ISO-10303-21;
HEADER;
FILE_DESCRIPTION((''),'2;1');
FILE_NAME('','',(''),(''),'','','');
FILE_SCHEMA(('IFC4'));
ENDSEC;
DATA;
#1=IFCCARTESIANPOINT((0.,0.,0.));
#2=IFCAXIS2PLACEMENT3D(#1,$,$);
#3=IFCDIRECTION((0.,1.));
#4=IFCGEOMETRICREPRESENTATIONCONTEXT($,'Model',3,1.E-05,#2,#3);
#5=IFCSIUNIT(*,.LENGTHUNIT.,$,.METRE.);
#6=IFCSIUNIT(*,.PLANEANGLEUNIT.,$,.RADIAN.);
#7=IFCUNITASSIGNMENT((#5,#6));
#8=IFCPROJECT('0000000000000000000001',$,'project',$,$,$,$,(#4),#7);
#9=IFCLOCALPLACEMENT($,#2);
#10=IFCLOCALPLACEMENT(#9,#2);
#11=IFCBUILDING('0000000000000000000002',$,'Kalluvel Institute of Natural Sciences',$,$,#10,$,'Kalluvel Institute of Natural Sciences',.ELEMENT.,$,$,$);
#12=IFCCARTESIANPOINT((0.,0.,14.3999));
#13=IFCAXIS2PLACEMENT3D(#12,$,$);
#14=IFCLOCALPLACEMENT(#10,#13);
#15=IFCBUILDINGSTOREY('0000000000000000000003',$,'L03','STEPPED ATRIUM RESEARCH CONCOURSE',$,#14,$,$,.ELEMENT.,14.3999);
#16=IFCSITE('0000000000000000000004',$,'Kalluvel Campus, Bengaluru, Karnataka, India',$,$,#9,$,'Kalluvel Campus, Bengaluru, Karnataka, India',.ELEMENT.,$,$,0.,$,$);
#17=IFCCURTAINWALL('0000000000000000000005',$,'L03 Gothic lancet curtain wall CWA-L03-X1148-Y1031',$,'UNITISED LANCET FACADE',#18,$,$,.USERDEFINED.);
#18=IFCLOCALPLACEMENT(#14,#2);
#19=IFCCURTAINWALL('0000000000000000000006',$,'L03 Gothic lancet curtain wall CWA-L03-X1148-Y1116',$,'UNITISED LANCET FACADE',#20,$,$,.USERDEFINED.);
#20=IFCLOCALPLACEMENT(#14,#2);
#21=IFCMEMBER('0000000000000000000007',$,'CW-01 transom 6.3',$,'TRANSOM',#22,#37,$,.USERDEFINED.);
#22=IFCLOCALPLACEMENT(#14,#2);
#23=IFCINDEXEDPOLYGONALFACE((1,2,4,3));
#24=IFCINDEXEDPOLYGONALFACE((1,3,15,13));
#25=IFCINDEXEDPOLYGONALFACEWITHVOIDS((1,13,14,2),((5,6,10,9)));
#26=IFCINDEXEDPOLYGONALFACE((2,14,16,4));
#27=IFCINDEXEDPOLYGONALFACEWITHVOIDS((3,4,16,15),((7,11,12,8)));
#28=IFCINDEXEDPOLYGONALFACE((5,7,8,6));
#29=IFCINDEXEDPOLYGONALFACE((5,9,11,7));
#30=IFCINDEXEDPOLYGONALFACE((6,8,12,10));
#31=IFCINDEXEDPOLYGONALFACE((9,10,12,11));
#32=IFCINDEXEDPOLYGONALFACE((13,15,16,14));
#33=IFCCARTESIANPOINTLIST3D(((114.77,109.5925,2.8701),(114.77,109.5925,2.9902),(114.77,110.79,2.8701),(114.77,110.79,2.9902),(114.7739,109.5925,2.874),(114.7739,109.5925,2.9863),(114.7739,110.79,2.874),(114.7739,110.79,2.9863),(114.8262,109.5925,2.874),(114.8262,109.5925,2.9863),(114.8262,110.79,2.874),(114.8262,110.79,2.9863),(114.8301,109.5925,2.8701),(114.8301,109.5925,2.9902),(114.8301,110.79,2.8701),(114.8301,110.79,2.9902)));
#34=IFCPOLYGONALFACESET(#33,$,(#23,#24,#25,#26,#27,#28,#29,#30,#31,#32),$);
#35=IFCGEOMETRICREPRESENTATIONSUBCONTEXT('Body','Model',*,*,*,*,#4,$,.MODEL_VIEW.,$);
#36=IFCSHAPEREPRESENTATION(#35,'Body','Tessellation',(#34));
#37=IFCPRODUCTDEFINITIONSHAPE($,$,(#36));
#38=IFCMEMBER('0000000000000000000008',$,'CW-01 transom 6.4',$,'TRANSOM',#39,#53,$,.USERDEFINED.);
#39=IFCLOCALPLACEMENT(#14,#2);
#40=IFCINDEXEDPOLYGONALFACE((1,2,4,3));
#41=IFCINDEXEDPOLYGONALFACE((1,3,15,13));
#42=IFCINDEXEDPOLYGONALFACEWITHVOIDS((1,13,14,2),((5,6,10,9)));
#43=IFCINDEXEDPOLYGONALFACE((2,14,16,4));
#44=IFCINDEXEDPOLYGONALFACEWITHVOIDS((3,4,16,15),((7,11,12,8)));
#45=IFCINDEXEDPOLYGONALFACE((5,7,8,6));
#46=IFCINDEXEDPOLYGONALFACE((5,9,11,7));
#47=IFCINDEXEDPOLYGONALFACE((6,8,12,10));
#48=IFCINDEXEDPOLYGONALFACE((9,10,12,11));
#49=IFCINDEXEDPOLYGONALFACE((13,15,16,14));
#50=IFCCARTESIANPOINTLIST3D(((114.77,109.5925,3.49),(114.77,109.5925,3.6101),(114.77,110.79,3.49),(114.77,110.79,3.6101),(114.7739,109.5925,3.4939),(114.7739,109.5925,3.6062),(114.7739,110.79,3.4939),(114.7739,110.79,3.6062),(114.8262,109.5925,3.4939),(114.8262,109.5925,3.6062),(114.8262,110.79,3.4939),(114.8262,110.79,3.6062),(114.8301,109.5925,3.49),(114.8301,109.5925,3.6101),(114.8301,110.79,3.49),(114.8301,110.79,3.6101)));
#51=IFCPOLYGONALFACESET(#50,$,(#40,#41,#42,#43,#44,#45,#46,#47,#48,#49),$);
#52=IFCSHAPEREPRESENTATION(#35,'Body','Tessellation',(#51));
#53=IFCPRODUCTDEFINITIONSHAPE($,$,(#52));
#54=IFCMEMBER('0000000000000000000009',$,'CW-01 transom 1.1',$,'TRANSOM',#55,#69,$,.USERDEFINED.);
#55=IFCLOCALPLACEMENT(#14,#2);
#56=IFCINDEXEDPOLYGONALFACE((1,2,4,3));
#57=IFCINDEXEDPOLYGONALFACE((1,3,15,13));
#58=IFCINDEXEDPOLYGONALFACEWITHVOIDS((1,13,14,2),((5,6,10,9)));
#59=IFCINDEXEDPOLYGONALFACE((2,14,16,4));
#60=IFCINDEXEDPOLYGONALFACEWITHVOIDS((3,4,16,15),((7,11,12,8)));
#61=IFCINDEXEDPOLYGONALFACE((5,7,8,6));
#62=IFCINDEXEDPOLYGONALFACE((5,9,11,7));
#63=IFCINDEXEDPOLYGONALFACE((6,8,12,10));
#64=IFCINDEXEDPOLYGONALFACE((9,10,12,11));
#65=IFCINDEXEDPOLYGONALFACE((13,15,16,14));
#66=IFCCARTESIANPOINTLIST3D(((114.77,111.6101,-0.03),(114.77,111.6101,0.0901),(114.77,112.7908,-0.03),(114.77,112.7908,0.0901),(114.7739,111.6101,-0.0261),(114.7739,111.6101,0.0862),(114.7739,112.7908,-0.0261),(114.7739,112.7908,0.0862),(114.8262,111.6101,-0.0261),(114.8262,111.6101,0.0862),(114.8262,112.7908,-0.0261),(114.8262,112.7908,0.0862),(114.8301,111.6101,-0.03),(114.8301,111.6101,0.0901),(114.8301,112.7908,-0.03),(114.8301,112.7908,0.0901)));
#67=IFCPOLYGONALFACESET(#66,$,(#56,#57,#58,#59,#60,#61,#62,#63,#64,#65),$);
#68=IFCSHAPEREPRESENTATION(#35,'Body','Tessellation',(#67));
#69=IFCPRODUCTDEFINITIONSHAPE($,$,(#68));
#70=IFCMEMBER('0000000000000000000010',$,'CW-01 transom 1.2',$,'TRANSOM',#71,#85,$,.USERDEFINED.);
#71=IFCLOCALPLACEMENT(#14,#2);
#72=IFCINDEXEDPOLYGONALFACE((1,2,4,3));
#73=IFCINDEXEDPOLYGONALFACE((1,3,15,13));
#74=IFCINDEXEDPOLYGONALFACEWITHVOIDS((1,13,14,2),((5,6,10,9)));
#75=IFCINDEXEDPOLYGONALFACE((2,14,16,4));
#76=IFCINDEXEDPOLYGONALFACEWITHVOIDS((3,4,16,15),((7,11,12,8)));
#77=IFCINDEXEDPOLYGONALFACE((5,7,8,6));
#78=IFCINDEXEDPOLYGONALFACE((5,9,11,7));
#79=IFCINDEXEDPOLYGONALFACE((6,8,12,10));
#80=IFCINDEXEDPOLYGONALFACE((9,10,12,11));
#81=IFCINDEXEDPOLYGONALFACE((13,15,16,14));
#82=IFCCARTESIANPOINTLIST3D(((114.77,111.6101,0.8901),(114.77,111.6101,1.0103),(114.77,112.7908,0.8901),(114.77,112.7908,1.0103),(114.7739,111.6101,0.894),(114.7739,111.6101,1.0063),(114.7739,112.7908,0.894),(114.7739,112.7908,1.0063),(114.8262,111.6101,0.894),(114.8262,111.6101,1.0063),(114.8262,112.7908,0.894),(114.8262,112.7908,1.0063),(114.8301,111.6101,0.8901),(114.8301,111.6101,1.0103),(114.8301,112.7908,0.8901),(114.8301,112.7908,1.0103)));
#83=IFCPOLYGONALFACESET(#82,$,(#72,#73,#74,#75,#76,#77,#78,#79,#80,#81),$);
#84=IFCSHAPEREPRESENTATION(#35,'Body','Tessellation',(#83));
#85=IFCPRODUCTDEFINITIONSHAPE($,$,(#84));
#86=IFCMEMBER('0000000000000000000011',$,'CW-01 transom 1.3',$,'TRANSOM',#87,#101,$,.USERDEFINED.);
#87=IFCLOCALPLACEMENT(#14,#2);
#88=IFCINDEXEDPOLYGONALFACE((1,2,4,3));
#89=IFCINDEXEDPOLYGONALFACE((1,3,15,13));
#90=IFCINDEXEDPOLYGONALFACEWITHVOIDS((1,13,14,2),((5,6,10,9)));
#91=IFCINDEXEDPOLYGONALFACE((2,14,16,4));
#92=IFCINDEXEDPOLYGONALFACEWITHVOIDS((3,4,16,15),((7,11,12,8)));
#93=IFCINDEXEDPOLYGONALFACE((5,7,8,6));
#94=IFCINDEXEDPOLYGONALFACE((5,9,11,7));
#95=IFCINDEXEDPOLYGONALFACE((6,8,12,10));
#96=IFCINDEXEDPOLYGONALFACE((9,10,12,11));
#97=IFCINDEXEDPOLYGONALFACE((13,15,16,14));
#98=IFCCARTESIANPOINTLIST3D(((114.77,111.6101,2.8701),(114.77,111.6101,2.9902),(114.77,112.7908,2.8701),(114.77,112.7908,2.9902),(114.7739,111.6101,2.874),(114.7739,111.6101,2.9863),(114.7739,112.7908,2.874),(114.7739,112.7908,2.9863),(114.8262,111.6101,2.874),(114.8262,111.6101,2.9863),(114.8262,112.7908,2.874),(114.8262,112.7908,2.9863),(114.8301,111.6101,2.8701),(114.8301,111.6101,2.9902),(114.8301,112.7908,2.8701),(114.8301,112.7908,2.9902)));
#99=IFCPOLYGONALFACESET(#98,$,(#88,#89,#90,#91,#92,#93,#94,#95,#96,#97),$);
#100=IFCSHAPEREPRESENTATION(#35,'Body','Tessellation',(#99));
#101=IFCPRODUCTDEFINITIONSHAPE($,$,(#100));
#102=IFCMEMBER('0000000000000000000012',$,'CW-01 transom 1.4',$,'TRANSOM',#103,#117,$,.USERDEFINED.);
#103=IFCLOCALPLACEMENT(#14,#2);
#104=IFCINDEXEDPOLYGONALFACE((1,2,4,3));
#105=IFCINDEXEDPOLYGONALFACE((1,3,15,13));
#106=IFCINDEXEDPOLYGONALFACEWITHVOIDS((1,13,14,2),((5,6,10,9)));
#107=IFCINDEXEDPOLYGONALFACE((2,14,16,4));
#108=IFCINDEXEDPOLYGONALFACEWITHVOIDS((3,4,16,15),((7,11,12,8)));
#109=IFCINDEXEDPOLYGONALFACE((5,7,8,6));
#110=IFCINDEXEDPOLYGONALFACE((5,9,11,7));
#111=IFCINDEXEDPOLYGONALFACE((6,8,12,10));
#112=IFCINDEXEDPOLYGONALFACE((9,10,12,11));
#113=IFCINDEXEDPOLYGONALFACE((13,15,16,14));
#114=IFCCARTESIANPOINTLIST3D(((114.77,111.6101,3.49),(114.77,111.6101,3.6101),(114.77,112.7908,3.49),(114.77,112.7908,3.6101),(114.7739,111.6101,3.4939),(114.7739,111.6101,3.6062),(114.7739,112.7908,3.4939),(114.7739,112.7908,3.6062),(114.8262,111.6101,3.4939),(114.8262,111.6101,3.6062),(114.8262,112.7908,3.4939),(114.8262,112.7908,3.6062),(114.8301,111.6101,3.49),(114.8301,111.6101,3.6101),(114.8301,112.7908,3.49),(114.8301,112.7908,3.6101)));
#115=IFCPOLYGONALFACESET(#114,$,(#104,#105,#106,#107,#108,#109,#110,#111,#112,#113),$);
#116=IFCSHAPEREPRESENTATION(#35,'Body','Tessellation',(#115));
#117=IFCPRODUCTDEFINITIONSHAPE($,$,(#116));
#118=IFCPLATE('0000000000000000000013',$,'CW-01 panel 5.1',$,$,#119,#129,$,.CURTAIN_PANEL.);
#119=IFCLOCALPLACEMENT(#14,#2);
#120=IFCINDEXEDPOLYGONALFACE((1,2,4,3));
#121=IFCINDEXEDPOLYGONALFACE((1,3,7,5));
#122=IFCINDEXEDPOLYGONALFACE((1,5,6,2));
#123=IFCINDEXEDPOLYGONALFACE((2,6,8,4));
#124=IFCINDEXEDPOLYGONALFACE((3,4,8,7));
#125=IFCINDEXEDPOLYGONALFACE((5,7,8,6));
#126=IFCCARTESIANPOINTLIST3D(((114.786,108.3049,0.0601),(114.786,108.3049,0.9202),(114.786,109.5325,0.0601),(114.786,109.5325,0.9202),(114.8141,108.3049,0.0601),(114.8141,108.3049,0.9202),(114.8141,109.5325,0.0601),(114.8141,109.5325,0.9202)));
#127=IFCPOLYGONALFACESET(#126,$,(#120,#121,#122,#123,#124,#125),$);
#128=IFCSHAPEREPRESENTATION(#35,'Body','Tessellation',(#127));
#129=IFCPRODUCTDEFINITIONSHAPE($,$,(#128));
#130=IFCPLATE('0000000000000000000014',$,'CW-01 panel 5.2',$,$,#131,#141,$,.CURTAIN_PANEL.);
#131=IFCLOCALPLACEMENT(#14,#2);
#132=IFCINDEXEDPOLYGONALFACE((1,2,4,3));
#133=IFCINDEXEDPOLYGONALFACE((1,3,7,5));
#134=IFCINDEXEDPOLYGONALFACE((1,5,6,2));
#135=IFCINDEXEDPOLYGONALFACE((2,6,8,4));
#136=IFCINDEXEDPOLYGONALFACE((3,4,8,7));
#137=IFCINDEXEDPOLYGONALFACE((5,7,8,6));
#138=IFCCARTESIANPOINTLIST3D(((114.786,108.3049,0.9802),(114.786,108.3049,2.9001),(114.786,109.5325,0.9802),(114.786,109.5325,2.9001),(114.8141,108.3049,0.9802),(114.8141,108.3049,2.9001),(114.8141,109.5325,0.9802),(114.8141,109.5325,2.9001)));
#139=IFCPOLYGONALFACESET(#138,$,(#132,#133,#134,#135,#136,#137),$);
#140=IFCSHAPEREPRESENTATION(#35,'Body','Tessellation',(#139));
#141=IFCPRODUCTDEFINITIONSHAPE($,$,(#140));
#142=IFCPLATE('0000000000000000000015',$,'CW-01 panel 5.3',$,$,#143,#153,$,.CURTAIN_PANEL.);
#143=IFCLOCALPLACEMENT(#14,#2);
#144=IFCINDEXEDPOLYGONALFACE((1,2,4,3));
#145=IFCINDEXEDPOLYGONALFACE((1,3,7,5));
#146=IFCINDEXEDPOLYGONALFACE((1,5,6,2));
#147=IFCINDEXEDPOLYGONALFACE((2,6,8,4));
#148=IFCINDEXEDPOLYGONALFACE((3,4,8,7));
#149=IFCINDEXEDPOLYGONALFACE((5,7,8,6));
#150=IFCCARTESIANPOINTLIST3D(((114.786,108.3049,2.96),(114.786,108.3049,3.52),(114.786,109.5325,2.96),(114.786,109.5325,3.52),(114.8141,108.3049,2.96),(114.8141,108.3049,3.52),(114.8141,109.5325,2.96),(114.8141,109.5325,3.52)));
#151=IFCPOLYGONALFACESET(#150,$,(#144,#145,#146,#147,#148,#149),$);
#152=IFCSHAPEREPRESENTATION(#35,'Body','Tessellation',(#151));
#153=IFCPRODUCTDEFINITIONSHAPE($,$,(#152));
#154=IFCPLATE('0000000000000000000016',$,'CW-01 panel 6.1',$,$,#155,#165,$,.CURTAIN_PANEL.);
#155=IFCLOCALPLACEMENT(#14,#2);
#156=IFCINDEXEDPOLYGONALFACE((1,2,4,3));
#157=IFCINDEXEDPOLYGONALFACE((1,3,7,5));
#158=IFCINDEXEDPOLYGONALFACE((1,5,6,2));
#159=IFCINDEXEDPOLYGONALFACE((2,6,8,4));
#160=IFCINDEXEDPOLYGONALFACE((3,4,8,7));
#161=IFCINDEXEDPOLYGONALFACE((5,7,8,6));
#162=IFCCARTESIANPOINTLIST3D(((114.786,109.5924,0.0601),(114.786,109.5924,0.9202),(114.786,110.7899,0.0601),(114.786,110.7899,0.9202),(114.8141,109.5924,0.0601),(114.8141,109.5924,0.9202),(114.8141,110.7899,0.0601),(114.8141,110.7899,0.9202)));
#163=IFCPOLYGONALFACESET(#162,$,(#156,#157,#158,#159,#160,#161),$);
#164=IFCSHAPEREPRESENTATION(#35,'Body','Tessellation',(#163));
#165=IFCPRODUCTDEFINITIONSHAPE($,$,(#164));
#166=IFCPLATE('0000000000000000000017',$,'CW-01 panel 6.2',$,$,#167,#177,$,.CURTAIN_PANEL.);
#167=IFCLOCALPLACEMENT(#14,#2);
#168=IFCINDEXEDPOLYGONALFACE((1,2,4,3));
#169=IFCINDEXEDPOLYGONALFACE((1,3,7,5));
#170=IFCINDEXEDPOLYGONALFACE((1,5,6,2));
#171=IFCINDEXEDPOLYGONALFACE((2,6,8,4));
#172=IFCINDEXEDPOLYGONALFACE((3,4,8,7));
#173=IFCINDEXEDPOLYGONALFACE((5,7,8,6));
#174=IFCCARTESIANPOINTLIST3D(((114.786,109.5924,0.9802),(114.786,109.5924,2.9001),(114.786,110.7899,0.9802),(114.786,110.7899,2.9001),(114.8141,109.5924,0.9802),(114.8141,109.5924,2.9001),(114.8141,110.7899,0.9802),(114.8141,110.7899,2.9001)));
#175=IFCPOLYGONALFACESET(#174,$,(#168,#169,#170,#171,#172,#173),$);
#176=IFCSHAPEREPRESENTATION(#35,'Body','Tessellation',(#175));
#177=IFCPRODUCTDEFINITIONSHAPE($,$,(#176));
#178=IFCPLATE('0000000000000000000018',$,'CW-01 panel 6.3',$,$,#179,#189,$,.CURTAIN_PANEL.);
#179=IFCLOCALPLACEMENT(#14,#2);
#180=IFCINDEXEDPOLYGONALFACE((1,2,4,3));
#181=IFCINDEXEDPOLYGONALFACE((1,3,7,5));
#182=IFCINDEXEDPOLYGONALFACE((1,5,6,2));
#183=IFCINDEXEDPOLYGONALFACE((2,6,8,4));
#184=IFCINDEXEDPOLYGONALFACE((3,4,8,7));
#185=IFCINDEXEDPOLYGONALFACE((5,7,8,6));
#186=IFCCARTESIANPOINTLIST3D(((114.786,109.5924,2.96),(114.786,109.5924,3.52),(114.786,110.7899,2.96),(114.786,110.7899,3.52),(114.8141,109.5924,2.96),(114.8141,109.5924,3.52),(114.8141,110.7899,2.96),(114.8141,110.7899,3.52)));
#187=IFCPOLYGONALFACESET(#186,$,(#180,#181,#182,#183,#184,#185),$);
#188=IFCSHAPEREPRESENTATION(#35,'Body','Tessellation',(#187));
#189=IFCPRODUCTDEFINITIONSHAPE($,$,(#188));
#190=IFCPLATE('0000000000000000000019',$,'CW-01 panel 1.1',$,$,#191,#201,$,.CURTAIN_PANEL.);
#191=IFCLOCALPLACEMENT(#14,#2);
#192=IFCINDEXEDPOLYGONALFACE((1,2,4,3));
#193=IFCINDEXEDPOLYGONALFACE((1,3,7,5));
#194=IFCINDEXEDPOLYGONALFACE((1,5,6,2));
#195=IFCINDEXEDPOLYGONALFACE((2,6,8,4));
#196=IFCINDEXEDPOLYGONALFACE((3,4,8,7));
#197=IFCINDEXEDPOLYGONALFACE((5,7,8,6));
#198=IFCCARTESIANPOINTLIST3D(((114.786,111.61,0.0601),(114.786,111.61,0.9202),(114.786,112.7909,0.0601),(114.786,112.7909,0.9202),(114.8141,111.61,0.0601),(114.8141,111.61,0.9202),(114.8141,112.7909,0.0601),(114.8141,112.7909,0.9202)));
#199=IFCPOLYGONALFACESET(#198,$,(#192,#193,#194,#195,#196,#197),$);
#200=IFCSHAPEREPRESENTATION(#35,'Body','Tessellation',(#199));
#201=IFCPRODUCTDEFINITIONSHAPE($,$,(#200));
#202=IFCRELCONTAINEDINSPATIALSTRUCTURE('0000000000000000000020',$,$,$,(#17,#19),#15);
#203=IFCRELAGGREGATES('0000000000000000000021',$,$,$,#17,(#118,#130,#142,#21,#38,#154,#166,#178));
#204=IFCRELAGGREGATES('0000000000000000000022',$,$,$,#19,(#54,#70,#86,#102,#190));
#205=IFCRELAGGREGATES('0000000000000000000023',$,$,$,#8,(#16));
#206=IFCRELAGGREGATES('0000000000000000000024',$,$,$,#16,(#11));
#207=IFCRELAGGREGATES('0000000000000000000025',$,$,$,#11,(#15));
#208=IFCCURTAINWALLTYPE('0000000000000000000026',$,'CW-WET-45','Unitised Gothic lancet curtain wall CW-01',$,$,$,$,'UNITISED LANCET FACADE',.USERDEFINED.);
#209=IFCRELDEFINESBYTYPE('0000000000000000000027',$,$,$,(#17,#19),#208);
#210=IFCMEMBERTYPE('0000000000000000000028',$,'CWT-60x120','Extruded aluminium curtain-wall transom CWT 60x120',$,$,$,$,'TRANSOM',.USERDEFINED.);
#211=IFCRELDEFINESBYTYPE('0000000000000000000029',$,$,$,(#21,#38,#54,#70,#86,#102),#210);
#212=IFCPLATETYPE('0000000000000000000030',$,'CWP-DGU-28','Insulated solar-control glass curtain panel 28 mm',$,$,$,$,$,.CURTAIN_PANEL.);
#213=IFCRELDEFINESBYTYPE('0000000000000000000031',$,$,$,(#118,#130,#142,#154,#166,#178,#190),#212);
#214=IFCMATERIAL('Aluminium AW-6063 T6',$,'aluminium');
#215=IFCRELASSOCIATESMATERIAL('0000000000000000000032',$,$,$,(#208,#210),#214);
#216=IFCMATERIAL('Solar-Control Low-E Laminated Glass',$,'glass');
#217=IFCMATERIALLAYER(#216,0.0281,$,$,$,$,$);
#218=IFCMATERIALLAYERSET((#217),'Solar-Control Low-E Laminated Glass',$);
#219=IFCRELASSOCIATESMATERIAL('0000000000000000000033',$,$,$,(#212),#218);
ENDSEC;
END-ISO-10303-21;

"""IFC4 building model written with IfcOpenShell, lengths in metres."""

from ifc_helpers import new_model, si_unit, direction, frame, origin, origin_2d, place, context, subcontext, project, spatial, rectangle, hollow_rectangle, extrude, material, layer, layer_set, material_profile, profile_set, type_object, element, aggregate, save


model = new_model("IFC4")

# Units and contexts
model_context = context("Model", 3, precision=1e-05, world=origin(), true_north=direction((0.0, 1.0)))
body_context = subcontext(model_context, "Body", "Model", "MODEL_VIEW")
ifc_project = project(units=[si_unit("LENGTHUNIT", "METRE"), si_unit("PLANEANGLEUNIT", "RADIAN")], contexts=[model_context])

# Site, building, storey
site_placement = place(None, origin())
site = spatial("IfcSite", under=ifc_project, at=site_placement, Name="Kalluvel Campus, Bengaluru, Karnataka, India", LongName="Kalluvel Campus, Bengaluru, Karnataka, India", CompositionType="ELEMENT", RefElevation=0.0)
building_placement = place(site_placement, origin())
building = spatial("IfcBuilding", under=site, at=building_placement, Name="Kalluvel Institute of Natural Sciences", LongName="Kalluvel Institute of Natural Sciences", CompositionType="ELEMENT")
storey_placement = place(building_placement, frame((0.0, 0.0, 14.3999)))
storey = spatial("IfcBuildingStorey", under=building, at=storey_placement, Name="L03", Description="STEPPED ATRIUM RESEARCH CONCOURSE", CompositionType="ELEMENT", Elevation=14.3999)

# Curtain walls
ifc_material_1 = material(Name="Aluminium AW-6063 T6", Category="aluminium")
curtain_wall_type = type_object("IfcCurtainWallType", Name="CW-WET-45", Description="Unitised Gothic lancet curtain wall CW-01", ElementType="UNITISED LANCET FACADE", PredefinedType="USERDEFINED", material=ifc_material_1)
curtain_wall_1_placement = place(storey_placement, origin())
curtain_wall_1 = element("IfcCurtainWall", 1, at=curtain_wall_1_placement, inside=storey, type_object=curtain_wall_type, Name="L03 Gothic lancet curtain wall CWA-L03-X1148-Y1031", ObjectType="UNITISED LANCET FACADE", PredefinedType="USERDEFINED")
curtain_wall_2_placement = place(storey_placement, origin())
curtain_wall_2 = element("IfcCurtainWall", 2, at=curtain_wall_2_placement, inside=storey, type_object=curtain_wall_type, Name="L03 Gothic lancet curtain wall CWA-L03-X1148-Y1116", ObjectType="UNITISED LANCET FACADE", PredefinedType="USERDEFINED")

# Members
ifc_material_profile_1 = material_profile(ifc_material_1, hollow_rectangle(XDim=0.0601, YDim=0.1201, WallThickness=0.0039, at=origin_2d()), Name="CWT 60x120")
ifc_profile_set_1 = profile_set([ifc_material_profile_1], Name="Aluminium AW-6063 T6")
member_type_1 = type_object("IfcMemberType", Name="CWT-60x120", Description="Extruded aluminium curtain-wall transom CWT 60x120", ElementType="TRANSOM", PredefinedType="USERDEFINED", material=ifc_profile_set_1)
member_1_placement = place(storey_placement, frame((114.8, 109.5925, 2.9302), z_axis=(0.0, 1.0, 0.0), x_axis=(-1.0, 0.0, 0.0)))
member_1 = element("IfcMember", 3, at=member_1_placement, type_object=member_type_1, Name="CW-01 transom 6.3", ObjectType="TRANSOM", PredefinedType="USERDEFINED", context=body_context, shape_type="SweptSolid", body=[
    extrude(hollow_rectangle(XDim=0.0601, YDim=0.1201, WallThickness=0.0039, at=origin_2d()), origin(), (0.0, 0.0, 1.0), 1.1975),
])
member_2_placement = place(storey_placement, frame((114.8, 109.5925, 3.55), z_axis=(0.0, 1.0, 0.0), x_axis=(-1.0, 0.0, 0.0)))
member_2 = element("IfcMember", 4, at=member_2_placement, type_object=member_type_1, Name="CW-01 transom 6.4", ObjectType="TRANSOM", PredefinedType="USERDEFINED", context=body_context, shape_type="SweptSolid", body=[
    extrude(hollow_rectangle(XDim=0.0601, YDim=0.1201, WallThickness=0.0039, at=origin_2d()), origin(), (0.0, 0.0, 1.0), 1.1975),
])
member_3_placement = place(storey_placement, frame((114.8, 111.6101, 0.03), z_axis=(0.0, 1.0, 0.0), x_axis=(-1.0, 0.0, 0.0)))
member_3 = element("IfcMember", 5, at=member_3_placement, type_object=member_type_1, Name="CW-01 transom 1.1", ObjectType="TRANSOM", PredefinedType="USERDEFINED", context=body_context, shape_type="SweptSolid", body=[
    extrude(hollow_rectangle(XDim=0.0601, YDim=0.1201, WallThickness=0.0039, at=origin_2d()), origin(), (0.0, 0.0, 1.0), 1.1807),
])
member_4_placement = place(storey_placement, frame((114.8, 111.6101, 0.9502), z_axis=(0.0, 1.0, 0.0), x_axis=(-1.0, 0.0, 0.0)))
member_4 = element("IfcMember", 6, at=member_4_placement, type_object=member_type_1, Name="CW-01 transom 1.2", ObjectType="TRANSOM", PredefinedType="USERDEFINED", context=body_context, shape_type="SweptSolid", body=[
    extrude(hollow_rectangle(XDim=0.0601, YDim=0.1201, WallThickness=0.0039, at=origin_2d()), origin(), (0.0, 0.0, 1.0), 1.1807),
])
member_5_placement = place(storey_placement, frame((114.8, 111.6101, 2.9302), z_axis=(0.0, 1.0, 0.0), x_axis=(-1.0, 0.0, 0.0)))
member_5 = element("IfcMember", 7, at=member_5_placement, type_object=member_type_1, Name="CW-01 transom 1.3", ObjectType="TRANSOM", PredefinedType="USERDEFINED", context=body_context, shape_type="SweptSolid", body=[
    extrude(hollow_rectangle(XDim=0.0601, YDim=0.1201, WallThickness=0.0039, at=origin_2d()), origin(), (0.0, 0.0, 1.0), 1.1807),
])
member_6_placement = place(storey_placement, frame((114.8, 111.6101, 3.55), z_axis=(0.0, 1.0, 0.0), x_axis=(-1.0, 0.0, 0.0)))
member_6 = element("IfcMember", 8, at=member_6_placement, type_object=member_type_1, Name="CW-01 transom 1.4", ObjectType="TRANSOM", PredefinedType="USERDEFINED", context=body_context, shape_type="SweptSolid", body=[
    extrude(hollow_rectangle(XDim=0.0601, YDim=0.1201, WallThickness=0.0039, at=origin_2d()), origin(), (0.0, 0.0, 1.0), 1.1807),
])

# Plates
ifc_material_2 = material(Name="Solar-Control Low-E Laminated Glass", Category="glass")
ifc_layer = layer(ifc_material_2, 0.0281)
ifc_layer_set = layer_set([ifc_layer], Name="Solar-Control Low-E Laminated Glass")
plate_type = type_object("IfcPlateType", Name="CWP-DGU-28", Description="Insulated solar-control glass curtain panel 28 mm", PredefinedType="CURTAIN_PANEL", material=ifc_layer_set)
plate_1_placement = place(storey_placement, frame((114.8, 108.9187, 0.0601), z_axis=(0.0, 0.0, 1.0), x_axis=(0.0, 1.0, 0.0)))
plate_1 = element("IfcPlate", 9, at=plate_1_placement, type_object=plate_type, Name="CW-01 panel 5.1", PredefinedType="CURTAIN_PANEL", context=body_context, shape_type="SweptSolid", body=[
    extrude(rectangle(XDim=1.2275, YDim=0.0281, at=origin_2d()), origin(), (0.0, 0.0, 1.0), 0.8601),
])
plate_2_placement = place(storey_placement, frame((114.8, 108.9187, 0.9802), z_axis=(0.0, 0.0, 1.0), x_axis=(0.0, 1.0, 0.0)))
plate_2 = element("IfcPlate", 10, at=plate_2_placement, type_object=plate_type, Name="CW-01 panel 5.2", PredefinedType="CURTAIN_PANEL", context=body_context, shape_type="SweptSolid", body=[
    extrude(rectangle(XDim=1.2275, YDim=0.0281, at=origin_2d()), origin(), (0.0, 0.0, 1.0), 1.9199),
])
plate_3_placement = place(storey_placement, frame((114.8, 108.9187, 2.96), z_axis=(0.0, 0.0, 1.0), x_axis=(0.0, 1.0, 0.0)))
plate_3 = element("IfcPlate", 11, at=plate_3_placement, type_object=plate_type, Name="CW-01 panel 5.3", PredefinedType="CURTAIN_PANEL", context=body_context, shape_type="SweptSolid", body=[
    extrude(rectangle(XDim=1.2275, YDim=0.0281, at=origin_2d()), origin(), (0.0, 0.0, 1.0), 0.5601),
])
plate_4_placement = place(storey_placement, frame((114.8, 110.1912, 0.0601), z_axis=(0.0, 0.0, 1.0), x_axis=(0.0, 1.0, 0.0)))
plate_4 = element("IfcPlate", 12, at=plate_4_placement, type_object=plate_type, Name="CW-01 panel 6.1", PredefinedType="CURTAIN_PANEL", context=body_context, shape_type="SweptSolid", body=[
    extrude(rectangle(XDim=1.1975, YDim=0.0281, at=origin_2d()), origin(), (0.0, 0.0, 1.0), 0.8601),
])
plate_5_placement = place(storey_placement, frame((114.8, 110.1912, 0.9802), z_axis=(0.0, 0.0, 1.0), x_axis=(0.0, 1.0, 0.0)))
plate_5 = element("IfcPlate", 13, at=plate_5_placement, type_object=plate_type, Name="CW-01 panel 6.2", PredefinedType="CURTAIN_PANEL", context=body_context, shape_type="SweptSolid", body=[
    extrude(rectangle(XDim=1.1975, YDim=0.0281, at=origin_2d()), origin(), (0.0, 0.0, 1.0), 1.9199),
])
plate_6_placement = place(storey_placement, frame((114.8, 110.1912, 2.96), z_axis=(0.0, 0.0, 1.0), x_axis=(0.0, 1.0, 0.0)))
plate_6 = element("IfcPlate", 14, at=plate_6_placement, type_object=plate_type, Name="CW-01 panel 6.3", PredefinedType="CURTAIN_PANEL", context=body_context, shape_type="SweptSolid", body=[
    extrude(rectangle(XDim=1.1975, YDim=0.0281, at=origin_2d()), origin(), (0.0, 0.0, 1.0), 0.5601),
])
aggregate(curtain_wall_1, [plate_1, plate_2, plate_3, member_1, member_2, plate_4, plate_5, plate_6])
plate_7_placement = place(storey_placement, frame((114.8, 112.2004, 0.0601), z_axis=(0.0, 0.0, 1.0), x_axis=(0.0, 1.0, 0.0)))
plate_7 = element("IfcPlate", 15, at=plate_7_placement, type_object=plate_type, Name="CW-01 panel 1.1", PredefinedType="CURTAIN_PANEL", context=body_context, shape_type="SweptSolid", body=[
    extrude(rectangle(XDim=1.1809, YDim=0.0281, at=origin_2d()), origin(), (0.0, 0.0, 1.0), 0.8601),
])
aggregate(curtain_wall_2, [member_3, member_4, member_5, member_6, plate_7])

save(model, "model.ifc")
